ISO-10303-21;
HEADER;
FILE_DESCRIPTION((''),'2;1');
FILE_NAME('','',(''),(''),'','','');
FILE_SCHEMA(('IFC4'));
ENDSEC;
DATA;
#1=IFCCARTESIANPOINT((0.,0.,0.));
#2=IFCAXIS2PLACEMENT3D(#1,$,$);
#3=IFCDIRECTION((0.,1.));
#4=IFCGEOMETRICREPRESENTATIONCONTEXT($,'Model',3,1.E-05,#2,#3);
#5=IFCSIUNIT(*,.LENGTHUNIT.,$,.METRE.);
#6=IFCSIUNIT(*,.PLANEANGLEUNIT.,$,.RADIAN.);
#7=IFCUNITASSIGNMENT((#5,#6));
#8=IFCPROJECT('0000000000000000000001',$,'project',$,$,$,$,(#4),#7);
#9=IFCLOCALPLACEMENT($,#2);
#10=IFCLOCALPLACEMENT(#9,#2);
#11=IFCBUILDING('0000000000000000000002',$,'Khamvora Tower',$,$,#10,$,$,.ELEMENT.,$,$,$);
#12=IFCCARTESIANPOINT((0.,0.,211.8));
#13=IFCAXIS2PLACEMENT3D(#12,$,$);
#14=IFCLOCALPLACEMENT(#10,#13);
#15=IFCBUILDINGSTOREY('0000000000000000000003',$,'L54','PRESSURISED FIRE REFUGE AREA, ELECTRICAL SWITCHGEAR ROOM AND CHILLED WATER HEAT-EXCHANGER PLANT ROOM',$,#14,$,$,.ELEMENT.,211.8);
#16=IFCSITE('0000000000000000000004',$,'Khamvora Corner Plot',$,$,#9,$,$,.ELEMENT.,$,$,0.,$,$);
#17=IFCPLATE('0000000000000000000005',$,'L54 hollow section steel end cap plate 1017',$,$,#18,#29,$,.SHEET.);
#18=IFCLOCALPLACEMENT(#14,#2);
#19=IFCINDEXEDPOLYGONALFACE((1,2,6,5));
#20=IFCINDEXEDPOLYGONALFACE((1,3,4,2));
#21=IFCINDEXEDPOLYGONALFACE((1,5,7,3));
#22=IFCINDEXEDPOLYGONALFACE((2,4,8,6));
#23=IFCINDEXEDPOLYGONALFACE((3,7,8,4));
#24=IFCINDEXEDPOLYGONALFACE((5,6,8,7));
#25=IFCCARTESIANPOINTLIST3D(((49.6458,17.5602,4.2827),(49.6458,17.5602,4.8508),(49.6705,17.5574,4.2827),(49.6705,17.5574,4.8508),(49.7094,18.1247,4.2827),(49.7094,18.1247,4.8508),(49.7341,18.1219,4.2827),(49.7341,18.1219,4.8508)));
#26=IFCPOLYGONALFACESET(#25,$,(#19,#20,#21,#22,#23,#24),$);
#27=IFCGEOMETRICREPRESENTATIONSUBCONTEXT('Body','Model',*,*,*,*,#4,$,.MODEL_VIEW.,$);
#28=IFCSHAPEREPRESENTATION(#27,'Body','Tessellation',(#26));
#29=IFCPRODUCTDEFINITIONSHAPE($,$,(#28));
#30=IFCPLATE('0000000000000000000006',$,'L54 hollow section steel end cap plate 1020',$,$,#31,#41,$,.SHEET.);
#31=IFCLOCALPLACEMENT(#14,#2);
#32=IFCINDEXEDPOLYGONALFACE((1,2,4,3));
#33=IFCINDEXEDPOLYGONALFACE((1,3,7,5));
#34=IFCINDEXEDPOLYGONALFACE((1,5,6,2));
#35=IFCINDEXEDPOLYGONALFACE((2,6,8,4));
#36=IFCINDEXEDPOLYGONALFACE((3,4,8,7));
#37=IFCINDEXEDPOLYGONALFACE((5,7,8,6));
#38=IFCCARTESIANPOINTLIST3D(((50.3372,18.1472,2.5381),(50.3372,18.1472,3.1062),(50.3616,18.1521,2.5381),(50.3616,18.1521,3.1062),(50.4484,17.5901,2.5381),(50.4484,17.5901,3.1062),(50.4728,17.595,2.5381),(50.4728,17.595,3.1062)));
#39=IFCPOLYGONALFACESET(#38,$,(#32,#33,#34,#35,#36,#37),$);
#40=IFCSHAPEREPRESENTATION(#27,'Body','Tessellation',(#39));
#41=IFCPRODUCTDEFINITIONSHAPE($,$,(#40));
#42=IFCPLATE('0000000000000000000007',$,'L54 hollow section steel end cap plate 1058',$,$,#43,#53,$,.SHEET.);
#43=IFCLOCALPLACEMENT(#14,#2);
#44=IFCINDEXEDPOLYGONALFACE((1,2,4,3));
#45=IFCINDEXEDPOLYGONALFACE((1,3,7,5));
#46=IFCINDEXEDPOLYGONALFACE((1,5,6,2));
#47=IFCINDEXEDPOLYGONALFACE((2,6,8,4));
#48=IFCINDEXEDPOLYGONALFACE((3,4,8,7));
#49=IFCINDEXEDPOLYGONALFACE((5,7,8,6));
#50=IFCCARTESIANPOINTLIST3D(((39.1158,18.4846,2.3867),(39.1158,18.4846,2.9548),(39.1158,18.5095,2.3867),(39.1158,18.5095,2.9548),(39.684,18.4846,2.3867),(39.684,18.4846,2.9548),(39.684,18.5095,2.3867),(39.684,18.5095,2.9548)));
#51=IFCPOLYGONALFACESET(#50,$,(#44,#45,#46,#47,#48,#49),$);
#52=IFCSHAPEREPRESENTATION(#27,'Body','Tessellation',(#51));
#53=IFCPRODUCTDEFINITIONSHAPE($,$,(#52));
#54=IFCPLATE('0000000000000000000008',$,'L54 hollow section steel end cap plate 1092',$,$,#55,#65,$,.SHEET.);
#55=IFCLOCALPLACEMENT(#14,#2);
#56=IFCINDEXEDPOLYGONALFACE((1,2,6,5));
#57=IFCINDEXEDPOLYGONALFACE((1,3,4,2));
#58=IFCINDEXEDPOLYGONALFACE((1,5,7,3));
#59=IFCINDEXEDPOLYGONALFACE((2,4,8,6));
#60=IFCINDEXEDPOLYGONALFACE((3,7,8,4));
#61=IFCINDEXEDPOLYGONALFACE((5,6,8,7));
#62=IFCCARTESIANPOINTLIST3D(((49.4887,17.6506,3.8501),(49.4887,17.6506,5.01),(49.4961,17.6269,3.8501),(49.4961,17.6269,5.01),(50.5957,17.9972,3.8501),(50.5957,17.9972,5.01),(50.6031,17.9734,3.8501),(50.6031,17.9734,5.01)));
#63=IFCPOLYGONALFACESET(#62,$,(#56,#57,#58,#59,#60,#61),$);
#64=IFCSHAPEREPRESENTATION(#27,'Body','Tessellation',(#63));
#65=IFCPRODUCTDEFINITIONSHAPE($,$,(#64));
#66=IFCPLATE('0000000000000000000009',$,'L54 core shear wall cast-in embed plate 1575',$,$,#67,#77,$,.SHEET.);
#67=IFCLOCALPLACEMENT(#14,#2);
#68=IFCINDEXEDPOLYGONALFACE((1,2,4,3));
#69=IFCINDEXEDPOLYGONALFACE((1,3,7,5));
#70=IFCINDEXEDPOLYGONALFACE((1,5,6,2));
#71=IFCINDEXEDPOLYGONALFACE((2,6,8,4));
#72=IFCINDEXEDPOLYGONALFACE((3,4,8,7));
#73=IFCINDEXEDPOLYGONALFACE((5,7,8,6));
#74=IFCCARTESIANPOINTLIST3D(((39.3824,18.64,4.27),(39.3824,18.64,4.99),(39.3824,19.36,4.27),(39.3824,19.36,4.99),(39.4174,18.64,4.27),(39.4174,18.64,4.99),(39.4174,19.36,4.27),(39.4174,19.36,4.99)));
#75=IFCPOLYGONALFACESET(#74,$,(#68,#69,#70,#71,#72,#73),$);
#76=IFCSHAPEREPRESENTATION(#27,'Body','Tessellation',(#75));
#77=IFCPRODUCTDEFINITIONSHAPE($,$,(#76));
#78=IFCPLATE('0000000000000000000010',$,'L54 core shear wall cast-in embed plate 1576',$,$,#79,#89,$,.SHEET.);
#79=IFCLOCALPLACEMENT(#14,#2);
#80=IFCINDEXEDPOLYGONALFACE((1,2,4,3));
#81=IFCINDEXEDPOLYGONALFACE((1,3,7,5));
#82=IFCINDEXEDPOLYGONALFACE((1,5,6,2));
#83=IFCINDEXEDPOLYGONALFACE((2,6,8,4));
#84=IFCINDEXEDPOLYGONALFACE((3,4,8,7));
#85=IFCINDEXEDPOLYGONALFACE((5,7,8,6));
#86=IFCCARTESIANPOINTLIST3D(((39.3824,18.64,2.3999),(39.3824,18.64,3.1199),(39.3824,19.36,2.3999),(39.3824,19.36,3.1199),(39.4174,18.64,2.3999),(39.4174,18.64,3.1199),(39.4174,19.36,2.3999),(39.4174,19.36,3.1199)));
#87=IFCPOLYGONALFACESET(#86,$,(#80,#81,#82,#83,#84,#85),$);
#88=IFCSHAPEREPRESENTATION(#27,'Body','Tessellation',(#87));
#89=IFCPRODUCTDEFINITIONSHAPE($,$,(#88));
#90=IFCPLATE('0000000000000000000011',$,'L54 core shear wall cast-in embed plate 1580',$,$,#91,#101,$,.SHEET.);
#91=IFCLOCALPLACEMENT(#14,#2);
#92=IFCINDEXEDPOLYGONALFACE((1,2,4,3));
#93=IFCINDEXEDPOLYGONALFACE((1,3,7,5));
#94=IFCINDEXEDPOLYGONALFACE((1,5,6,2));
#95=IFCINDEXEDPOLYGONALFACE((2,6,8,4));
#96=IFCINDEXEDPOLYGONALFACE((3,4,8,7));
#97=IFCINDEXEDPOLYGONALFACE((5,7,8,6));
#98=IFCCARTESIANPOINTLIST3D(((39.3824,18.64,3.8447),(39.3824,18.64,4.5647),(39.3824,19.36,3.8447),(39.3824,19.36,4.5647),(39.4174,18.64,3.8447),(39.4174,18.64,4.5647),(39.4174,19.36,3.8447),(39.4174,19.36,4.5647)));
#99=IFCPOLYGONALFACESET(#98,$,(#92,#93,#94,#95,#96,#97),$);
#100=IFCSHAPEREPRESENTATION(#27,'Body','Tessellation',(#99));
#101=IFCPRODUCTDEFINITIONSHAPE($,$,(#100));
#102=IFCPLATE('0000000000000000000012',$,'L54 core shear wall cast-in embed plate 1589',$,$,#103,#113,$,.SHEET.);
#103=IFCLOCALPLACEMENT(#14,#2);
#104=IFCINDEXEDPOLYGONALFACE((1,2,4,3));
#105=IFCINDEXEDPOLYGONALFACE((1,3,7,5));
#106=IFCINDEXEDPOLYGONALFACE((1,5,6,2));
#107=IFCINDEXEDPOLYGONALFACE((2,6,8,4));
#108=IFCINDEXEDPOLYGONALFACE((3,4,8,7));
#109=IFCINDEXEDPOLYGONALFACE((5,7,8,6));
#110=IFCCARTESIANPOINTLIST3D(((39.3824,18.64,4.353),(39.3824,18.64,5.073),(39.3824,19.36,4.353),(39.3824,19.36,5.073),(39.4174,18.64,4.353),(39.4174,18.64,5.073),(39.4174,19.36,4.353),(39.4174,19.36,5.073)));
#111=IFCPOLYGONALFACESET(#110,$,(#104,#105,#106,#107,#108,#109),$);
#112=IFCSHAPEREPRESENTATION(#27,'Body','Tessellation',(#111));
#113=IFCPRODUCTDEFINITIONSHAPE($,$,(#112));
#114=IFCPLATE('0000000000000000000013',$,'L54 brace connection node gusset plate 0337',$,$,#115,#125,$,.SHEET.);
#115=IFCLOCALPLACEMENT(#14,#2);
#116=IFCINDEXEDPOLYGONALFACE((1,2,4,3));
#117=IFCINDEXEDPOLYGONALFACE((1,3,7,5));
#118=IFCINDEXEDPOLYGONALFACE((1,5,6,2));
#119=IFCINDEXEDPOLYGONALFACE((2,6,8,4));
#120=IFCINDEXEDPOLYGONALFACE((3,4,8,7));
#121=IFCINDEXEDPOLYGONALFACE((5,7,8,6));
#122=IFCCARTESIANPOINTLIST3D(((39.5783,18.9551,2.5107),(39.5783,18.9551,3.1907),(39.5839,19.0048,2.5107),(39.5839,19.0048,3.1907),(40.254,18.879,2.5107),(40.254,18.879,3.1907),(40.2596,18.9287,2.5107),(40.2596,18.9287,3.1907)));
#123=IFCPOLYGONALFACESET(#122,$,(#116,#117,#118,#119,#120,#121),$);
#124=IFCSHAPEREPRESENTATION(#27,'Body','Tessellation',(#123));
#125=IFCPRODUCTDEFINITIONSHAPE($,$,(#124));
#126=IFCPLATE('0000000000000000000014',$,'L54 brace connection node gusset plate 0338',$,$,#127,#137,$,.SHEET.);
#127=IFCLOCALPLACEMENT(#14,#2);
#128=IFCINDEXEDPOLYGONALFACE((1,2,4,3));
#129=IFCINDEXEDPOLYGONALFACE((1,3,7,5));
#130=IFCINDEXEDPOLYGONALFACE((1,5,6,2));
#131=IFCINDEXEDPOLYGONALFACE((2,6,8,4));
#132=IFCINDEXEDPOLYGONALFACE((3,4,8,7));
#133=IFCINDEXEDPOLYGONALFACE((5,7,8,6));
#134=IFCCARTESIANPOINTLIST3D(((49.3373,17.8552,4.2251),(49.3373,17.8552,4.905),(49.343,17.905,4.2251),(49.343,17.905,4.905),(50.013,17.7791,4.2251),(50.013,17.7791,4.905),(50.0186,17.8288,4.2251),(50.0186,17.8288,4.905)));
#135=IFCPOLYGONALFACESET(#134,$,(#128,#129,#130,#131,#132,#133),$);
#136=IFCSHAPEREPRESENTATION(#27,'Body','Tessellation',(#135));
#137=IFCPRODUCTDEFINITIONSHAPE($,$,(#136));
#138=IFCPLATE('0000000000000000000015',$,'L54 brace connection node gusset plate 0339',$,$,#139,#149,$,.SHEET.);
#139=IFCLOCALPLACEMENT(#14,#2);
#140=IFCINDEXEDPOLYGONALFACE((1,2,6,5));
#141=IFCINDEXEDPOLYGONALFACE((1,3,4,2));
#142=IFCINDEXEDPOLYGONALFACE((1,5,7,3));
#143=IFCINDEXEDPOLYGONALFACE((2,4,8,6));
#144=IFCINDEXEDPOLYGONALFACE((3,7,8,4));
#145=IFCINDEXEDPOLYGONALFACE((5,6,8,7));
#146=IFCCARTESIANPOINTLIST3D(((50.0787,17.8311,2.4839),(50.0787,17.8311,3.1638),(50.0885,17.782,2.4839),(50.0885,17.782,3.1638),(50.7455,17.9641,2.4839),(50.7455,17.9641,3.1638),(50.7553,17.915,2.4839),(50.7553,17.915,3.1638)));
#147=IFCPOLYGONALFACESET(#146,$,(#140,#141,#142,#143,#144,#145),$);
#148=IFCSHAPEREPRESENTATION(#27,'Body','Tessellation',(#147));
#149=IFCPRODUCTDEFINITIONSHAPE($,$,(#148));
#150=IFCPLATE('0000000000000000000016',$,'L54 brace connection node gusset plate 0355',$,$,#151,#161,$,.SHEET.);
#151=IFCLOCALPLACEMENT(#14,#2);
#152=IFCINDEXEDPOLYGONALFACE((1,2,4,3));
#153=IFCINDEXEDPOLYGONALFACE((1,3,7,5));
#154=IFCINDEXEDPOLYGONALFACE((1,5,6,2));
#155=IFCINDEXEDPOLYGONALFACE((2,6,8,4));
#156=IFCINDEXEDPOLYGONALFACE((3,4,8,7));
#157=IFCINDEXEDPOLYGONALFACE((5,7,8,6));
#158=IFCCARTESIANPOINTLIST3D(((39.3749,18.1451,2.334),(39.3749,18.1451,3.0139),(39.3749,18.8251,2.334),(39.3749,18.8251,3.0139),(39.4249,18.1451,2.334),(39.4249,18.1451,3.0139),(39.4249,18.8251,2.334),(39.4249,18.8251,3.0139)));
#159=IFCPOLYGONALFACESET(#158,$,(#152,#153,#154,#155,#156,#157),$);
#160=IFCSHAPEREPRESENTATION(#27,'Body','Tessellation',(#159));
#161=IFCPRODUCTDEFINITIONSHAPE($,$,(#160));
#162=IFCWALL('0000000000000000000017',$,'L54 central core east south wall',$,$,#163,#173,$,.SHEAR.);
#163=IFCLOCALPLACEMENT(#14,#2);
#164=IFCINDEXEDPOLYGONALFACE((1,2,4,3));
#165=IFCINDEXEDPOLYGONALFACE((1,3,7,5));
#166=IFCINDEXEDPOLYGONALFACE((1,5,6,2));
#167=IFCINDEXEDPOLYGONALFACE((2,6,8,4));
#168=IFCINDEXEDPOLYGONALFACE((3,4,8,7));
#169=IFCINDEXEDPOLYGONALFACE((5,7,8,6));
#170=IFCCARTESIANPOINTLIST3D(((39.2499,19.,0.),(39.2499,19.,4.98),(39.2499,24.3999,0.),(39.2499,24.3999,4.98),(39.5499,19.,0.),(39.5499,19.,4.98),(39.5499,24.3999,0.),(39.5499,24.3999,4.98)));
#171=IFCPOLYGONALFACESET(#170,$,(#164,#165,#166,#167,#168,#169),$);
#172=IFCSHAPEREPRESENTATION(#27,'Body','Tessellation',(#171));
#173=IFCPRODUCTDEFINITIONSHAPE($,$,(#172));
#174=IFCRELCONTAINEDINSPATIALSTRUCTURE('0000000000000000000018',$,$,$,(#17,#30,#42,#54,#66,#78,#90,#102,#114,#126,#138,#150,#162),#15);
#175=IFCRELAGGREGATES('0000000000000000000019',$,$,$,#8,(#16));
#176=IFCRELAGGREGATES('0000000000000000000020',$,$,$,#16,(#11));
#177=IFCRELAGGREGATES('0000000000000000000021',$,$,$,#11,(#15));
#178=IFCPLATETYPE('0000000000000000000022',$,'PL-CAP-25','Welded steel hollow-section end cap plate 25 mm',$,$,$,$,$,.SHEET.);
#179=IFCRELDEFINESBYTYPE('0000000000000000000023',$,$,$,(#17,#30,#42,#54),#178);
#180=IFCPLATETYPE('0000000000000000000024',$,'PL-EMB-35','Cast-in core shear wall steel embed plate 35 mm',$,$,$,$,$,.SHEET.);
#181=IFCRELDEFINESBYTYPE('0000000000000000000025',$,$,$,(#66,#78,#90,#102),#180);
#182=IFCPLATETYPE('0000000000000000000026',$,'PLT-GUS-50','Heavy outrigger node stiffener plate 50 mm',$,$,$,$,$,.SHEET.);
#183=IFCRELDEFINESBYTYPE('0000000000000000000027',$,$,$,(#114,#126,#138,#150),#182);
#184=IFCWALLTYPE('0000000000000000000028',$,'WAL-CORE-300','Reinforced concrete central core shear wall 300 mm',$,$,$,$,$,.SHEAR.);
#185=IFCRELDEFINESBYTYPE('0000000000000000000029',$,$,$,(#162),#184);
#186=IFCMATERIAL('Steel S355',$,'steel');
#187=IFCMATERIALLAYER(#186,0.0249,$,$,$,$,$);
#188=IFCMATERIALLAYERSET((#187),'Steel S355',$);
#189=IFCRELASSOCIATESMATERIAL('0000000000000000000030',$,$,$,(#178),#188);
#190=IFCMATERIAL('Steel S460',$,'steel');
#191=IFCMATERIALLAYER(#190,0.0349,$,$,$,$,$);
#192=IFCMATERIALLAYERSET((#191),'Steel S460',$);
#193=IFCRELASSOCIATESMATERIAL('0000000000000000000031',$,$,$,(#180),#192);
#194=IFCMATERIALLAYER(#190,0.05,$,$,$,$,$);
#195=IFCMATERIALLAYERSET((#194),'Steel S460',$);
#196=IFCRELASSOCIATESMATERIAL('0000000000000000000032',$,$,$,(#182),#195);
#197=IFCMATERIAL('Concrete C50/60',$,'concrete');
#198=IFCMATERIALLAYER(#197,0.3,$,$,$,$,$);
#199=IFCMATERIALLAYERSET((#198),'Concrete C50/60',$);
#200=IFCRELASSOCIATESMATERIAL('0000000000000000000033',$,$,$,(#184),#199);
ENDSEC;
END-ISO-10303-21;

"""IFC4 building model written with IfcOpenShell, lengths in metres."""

from ifc_helpers import new_model, si_unit, direction, frame, frame_2d, origin, origin_2d, place, context, subcontext, project, spatial, rectangle, extrude, material, layer, layer_set, type_object, element, save


model = new_model("IFC4")

# Units and contexts
model_context = context("Model", 3, precision=1e-05, world=origin(), true_north=direction((0.0, 1.0)))
body_context = subcontext(model_context, "Body", "Model", "MODEL_VIEW")
ifc_project = project(units=[si_unit("LENGTHUNIT", "METRE"), si_unit("PLANEANGLEUNIT", "RADIAN")], contexts=[model_context])

# Site, building, storey
site_placement = place(None, origin())
site = spatial("IfcSite", under=ifc_project, at=site_placement, Name="Khamvora Corner Plot", CompositionType="ELEMENT", RefElevation=0.0)
building_placement = place(site_placement, origin())
building = spatial("IfcBuilding", under=site, at=building_placement, Name="Khamvora Tower", CompositionType="ELEMENT")
storey_placement = place(building_placement, frame((0.0, 0.0, 211.8)))
storey = spatial("IfcBuildingStorey", under=building, at=storey_placement, Name="L54", Description="PRESSURISED FIRE REFUGE AREA, ELECTRICAL SWITCHGEAR ROOM AND CHILLED WATER HEAT-EXCHANGER PLANT ROOM", CompositionType="ELEMENT", Elevation=211.8)

# Shared definitions
ifc_material_1 = material(Name="Steel S460", Category="steel")

# Shared definitions
ifc_material_2 = material(Name="Steel S355", Category="steel")

# Plates
ifc_layer_1 = layer(ifc_material_2, 0.0249)
ifc_layer_set_1 = layer_set([ifc_layer_1], Name="Steel S355")
plate_type_1 = type_object("IfcPlateType", Name="PL-CAP-25", Description="Welded steel hollow-section end cap plate 25 mm", PredefinedType="SHEET", material=ifc_layer_set_1)
for number, where, z_axis, x_axis, name in (
    (1, (49.6899, 17.8411, 4.2827), (0.0, 0.0, 1.0), (0.993707, -0.112007, 0.0), "L54 hollow section steel end cap plate 1017"),
    (2, (50.405, 17.8711, 2.5381), (0.0, 0.0, 1.0), (0.980659, 0.195724, 0.0), "L54 hollow section steel end cap plate 1020"),
    (3, (39.3999, 18.4971, 2.3867), (0.0, 0.0, 1.0), (0.0, -1.0, 0.0), "L54 hollow section steel end cap plate 1058"),
):
    element("IfcPlate", number, at=place(storey_placement, frame(where, z_axis=z_axis, x_axis=x_axis)), inside=storey, type_object=plate_type_1, Name=name, PredefinedType="SHEET", context=body_context, shape_type="SweptSolid", body=[
        extrude(rectangle(XDim=0.0249, YDim=0.5681, at=origin_2d()), origin(), (0.0, 0.0, 1.0), 0.5681),
    ])
plate_1_placement = place(storey_placement, frame((50.0459, 17.812, 3.8501), z_axis=(0.0, 0.0, 1.0), x_axis=(0.298741, -0.954334, 0.0)))
element("IfcPlate", 4, at=plate_1_placement, inside=storey, type_object=plate_type_1, Name="L54 hollow section steel end cap plate 1092", PredefinedType="SHEET", context=body_context, shape_type="SweptSolid", body=[
    extrude(rectangle(XDim=0.0249, YDim=1.1599, at=origin_2d()), origin(), (0.0, 0.0, 1.0), 1.1599),
])
ifc_layer_2 = layer(ifc_material_1, 0.0349)
ifc_layer_set_2 = layer_set([ifc_layer_2], Name="Steel S460")
plate_type_2 = type_object("IfcPlateType", Name="PL-EMB-35", Description="Cast-in core shear wall steel embed plate 35 mm", PredefinedType="SHEET", material=ifc_layer_set_2)
for number, where, z_axis, x_axis, name in (
    (5, (39.3999, 19.0, 4.27), (0.0, 0.0, 1.0), (1.0, 0.0, 0.0), "L54 core shear wall cast-in embed plate 1575"),
    (6, (39.3999, 19.0, 2.3999), (0.0, 0.0, 1.0), (1.0, 0.0, 0.0), "L54 core shear wall cast-in embed plate 1576"),
    (7, (39.3999, 19.0, 3.8447), (0.0, 0.0, 1.0), (1.0, 0.0, 0.0), "L54 core shear wall cast-in embed plate 1580"),
    (8, (39.3999, 19.0, 4.353), (0.0, 0.0, 1.0), (1.0, 0.0, 0.0), "L54 core shear wall cast-in embed plate 1589"),
):
    element("IfcPlate", number, at=place(storey_placement, frame(where, z_axis=z_axis, x_axis=x_axis)), inside=storey, type_object=plate_type_2, Name=name, PredefinedType="SHEET", context=body_context, shape_type="SweptSolid", body=[
        extrude(rectangle(XDim=0.0349, YDim=0.72, at=origin_2d()), origin(), (0.0, 0.0, 1.0), 0.72),
    ])
ifc_layer_3 = layer(ifc_material_1, 0.05)
ifc_layer_set_3 = layer_set([ifc_layer_3], Name="Steel S460")
plate_type_3 = type_object("IfcPlateType", Name="PLT-GUS-50", Description="Heavy outrigger node stiffener plate 50 mm", PredefinedType="SHEET", material=ifc_layer_set_3)
for number, where, z_axis, x_axis, name in (
    (9, (39.9189, 18.9419, 2.5107), (0.0, 0.0, 1.0), (0.993711, -0.111972, 0.0), "L54 brace connection node gusset plate 0337"),
    (10, (49.678, 17.842, 4.2251), (0.0, 0.0, 1.0), (0.993711, -0.111972, 0.0), "L54 brace connection node gusset plate 0338"),
    (11, (50.417, 17.873, 2.4839), (0.0, 0.0, 1.0), (0.980669, 0.195672, 0.0), "L54 brace connection node gusset plate 0339"),
    (12, (39.3999, 18.4851, 2.334), (0.0, 0.0, 1.0), (0.0, -1.0, 0.0), "L54 brace connection node gusset plate 0355"),
):
    element("IfcPlate", number, at=place(storey_placement, frame(where, z_axis=z_axis, x_axis=x_axis)), inside=storey, type_object=plate_type_3, Name=name, PredefinedType="SHEET", context=body_context, shape_type="SweptSolid", body=[
        extrude(rectangle(XDim=0.6799, YDim=0.05, at=origin_2d()), origin(), (0.0, 0.0, 1.0), 0.6799),
    ])

# Wall
ifc_material_3 = material(Name="Concrete C50/60", Category="concrete")
ifc_layer_4 = layer(ifc_material_3, 0.3)
ifc_layer_set_4 = layer_set([ifc_layer_4], Name="Concrete C50/60")
wall_type = type_object("IfcWallType", Name="WAL-CORE-300", Description="Reinforced concrete central core shear wall 300 mm", PredefinedType="SHEAR", material=ifc_layer_set_4)
wall_placement = place(storey_placement, frame((39.3999, 19.0, 0.0), z_axis=(0.0, 0.0, 1.0), x_axis=(0.0, 1.0, 0.0)))
element("IfcWall", 13, at=wall_placement, inside=storey, type_object=wall_type, Name="L54 central core east south wall", PredefinedType="SHEAR", context=body_context, shape_type="SweptSolid", body=[
    extrude(rectangle(XDim=5.3999, YDim=0.3, at=frame_2d((2.7, 0.0))), origin(), (0.0, 0.0, 1.0), 4.98),
])

save(model, "model.ifc")
